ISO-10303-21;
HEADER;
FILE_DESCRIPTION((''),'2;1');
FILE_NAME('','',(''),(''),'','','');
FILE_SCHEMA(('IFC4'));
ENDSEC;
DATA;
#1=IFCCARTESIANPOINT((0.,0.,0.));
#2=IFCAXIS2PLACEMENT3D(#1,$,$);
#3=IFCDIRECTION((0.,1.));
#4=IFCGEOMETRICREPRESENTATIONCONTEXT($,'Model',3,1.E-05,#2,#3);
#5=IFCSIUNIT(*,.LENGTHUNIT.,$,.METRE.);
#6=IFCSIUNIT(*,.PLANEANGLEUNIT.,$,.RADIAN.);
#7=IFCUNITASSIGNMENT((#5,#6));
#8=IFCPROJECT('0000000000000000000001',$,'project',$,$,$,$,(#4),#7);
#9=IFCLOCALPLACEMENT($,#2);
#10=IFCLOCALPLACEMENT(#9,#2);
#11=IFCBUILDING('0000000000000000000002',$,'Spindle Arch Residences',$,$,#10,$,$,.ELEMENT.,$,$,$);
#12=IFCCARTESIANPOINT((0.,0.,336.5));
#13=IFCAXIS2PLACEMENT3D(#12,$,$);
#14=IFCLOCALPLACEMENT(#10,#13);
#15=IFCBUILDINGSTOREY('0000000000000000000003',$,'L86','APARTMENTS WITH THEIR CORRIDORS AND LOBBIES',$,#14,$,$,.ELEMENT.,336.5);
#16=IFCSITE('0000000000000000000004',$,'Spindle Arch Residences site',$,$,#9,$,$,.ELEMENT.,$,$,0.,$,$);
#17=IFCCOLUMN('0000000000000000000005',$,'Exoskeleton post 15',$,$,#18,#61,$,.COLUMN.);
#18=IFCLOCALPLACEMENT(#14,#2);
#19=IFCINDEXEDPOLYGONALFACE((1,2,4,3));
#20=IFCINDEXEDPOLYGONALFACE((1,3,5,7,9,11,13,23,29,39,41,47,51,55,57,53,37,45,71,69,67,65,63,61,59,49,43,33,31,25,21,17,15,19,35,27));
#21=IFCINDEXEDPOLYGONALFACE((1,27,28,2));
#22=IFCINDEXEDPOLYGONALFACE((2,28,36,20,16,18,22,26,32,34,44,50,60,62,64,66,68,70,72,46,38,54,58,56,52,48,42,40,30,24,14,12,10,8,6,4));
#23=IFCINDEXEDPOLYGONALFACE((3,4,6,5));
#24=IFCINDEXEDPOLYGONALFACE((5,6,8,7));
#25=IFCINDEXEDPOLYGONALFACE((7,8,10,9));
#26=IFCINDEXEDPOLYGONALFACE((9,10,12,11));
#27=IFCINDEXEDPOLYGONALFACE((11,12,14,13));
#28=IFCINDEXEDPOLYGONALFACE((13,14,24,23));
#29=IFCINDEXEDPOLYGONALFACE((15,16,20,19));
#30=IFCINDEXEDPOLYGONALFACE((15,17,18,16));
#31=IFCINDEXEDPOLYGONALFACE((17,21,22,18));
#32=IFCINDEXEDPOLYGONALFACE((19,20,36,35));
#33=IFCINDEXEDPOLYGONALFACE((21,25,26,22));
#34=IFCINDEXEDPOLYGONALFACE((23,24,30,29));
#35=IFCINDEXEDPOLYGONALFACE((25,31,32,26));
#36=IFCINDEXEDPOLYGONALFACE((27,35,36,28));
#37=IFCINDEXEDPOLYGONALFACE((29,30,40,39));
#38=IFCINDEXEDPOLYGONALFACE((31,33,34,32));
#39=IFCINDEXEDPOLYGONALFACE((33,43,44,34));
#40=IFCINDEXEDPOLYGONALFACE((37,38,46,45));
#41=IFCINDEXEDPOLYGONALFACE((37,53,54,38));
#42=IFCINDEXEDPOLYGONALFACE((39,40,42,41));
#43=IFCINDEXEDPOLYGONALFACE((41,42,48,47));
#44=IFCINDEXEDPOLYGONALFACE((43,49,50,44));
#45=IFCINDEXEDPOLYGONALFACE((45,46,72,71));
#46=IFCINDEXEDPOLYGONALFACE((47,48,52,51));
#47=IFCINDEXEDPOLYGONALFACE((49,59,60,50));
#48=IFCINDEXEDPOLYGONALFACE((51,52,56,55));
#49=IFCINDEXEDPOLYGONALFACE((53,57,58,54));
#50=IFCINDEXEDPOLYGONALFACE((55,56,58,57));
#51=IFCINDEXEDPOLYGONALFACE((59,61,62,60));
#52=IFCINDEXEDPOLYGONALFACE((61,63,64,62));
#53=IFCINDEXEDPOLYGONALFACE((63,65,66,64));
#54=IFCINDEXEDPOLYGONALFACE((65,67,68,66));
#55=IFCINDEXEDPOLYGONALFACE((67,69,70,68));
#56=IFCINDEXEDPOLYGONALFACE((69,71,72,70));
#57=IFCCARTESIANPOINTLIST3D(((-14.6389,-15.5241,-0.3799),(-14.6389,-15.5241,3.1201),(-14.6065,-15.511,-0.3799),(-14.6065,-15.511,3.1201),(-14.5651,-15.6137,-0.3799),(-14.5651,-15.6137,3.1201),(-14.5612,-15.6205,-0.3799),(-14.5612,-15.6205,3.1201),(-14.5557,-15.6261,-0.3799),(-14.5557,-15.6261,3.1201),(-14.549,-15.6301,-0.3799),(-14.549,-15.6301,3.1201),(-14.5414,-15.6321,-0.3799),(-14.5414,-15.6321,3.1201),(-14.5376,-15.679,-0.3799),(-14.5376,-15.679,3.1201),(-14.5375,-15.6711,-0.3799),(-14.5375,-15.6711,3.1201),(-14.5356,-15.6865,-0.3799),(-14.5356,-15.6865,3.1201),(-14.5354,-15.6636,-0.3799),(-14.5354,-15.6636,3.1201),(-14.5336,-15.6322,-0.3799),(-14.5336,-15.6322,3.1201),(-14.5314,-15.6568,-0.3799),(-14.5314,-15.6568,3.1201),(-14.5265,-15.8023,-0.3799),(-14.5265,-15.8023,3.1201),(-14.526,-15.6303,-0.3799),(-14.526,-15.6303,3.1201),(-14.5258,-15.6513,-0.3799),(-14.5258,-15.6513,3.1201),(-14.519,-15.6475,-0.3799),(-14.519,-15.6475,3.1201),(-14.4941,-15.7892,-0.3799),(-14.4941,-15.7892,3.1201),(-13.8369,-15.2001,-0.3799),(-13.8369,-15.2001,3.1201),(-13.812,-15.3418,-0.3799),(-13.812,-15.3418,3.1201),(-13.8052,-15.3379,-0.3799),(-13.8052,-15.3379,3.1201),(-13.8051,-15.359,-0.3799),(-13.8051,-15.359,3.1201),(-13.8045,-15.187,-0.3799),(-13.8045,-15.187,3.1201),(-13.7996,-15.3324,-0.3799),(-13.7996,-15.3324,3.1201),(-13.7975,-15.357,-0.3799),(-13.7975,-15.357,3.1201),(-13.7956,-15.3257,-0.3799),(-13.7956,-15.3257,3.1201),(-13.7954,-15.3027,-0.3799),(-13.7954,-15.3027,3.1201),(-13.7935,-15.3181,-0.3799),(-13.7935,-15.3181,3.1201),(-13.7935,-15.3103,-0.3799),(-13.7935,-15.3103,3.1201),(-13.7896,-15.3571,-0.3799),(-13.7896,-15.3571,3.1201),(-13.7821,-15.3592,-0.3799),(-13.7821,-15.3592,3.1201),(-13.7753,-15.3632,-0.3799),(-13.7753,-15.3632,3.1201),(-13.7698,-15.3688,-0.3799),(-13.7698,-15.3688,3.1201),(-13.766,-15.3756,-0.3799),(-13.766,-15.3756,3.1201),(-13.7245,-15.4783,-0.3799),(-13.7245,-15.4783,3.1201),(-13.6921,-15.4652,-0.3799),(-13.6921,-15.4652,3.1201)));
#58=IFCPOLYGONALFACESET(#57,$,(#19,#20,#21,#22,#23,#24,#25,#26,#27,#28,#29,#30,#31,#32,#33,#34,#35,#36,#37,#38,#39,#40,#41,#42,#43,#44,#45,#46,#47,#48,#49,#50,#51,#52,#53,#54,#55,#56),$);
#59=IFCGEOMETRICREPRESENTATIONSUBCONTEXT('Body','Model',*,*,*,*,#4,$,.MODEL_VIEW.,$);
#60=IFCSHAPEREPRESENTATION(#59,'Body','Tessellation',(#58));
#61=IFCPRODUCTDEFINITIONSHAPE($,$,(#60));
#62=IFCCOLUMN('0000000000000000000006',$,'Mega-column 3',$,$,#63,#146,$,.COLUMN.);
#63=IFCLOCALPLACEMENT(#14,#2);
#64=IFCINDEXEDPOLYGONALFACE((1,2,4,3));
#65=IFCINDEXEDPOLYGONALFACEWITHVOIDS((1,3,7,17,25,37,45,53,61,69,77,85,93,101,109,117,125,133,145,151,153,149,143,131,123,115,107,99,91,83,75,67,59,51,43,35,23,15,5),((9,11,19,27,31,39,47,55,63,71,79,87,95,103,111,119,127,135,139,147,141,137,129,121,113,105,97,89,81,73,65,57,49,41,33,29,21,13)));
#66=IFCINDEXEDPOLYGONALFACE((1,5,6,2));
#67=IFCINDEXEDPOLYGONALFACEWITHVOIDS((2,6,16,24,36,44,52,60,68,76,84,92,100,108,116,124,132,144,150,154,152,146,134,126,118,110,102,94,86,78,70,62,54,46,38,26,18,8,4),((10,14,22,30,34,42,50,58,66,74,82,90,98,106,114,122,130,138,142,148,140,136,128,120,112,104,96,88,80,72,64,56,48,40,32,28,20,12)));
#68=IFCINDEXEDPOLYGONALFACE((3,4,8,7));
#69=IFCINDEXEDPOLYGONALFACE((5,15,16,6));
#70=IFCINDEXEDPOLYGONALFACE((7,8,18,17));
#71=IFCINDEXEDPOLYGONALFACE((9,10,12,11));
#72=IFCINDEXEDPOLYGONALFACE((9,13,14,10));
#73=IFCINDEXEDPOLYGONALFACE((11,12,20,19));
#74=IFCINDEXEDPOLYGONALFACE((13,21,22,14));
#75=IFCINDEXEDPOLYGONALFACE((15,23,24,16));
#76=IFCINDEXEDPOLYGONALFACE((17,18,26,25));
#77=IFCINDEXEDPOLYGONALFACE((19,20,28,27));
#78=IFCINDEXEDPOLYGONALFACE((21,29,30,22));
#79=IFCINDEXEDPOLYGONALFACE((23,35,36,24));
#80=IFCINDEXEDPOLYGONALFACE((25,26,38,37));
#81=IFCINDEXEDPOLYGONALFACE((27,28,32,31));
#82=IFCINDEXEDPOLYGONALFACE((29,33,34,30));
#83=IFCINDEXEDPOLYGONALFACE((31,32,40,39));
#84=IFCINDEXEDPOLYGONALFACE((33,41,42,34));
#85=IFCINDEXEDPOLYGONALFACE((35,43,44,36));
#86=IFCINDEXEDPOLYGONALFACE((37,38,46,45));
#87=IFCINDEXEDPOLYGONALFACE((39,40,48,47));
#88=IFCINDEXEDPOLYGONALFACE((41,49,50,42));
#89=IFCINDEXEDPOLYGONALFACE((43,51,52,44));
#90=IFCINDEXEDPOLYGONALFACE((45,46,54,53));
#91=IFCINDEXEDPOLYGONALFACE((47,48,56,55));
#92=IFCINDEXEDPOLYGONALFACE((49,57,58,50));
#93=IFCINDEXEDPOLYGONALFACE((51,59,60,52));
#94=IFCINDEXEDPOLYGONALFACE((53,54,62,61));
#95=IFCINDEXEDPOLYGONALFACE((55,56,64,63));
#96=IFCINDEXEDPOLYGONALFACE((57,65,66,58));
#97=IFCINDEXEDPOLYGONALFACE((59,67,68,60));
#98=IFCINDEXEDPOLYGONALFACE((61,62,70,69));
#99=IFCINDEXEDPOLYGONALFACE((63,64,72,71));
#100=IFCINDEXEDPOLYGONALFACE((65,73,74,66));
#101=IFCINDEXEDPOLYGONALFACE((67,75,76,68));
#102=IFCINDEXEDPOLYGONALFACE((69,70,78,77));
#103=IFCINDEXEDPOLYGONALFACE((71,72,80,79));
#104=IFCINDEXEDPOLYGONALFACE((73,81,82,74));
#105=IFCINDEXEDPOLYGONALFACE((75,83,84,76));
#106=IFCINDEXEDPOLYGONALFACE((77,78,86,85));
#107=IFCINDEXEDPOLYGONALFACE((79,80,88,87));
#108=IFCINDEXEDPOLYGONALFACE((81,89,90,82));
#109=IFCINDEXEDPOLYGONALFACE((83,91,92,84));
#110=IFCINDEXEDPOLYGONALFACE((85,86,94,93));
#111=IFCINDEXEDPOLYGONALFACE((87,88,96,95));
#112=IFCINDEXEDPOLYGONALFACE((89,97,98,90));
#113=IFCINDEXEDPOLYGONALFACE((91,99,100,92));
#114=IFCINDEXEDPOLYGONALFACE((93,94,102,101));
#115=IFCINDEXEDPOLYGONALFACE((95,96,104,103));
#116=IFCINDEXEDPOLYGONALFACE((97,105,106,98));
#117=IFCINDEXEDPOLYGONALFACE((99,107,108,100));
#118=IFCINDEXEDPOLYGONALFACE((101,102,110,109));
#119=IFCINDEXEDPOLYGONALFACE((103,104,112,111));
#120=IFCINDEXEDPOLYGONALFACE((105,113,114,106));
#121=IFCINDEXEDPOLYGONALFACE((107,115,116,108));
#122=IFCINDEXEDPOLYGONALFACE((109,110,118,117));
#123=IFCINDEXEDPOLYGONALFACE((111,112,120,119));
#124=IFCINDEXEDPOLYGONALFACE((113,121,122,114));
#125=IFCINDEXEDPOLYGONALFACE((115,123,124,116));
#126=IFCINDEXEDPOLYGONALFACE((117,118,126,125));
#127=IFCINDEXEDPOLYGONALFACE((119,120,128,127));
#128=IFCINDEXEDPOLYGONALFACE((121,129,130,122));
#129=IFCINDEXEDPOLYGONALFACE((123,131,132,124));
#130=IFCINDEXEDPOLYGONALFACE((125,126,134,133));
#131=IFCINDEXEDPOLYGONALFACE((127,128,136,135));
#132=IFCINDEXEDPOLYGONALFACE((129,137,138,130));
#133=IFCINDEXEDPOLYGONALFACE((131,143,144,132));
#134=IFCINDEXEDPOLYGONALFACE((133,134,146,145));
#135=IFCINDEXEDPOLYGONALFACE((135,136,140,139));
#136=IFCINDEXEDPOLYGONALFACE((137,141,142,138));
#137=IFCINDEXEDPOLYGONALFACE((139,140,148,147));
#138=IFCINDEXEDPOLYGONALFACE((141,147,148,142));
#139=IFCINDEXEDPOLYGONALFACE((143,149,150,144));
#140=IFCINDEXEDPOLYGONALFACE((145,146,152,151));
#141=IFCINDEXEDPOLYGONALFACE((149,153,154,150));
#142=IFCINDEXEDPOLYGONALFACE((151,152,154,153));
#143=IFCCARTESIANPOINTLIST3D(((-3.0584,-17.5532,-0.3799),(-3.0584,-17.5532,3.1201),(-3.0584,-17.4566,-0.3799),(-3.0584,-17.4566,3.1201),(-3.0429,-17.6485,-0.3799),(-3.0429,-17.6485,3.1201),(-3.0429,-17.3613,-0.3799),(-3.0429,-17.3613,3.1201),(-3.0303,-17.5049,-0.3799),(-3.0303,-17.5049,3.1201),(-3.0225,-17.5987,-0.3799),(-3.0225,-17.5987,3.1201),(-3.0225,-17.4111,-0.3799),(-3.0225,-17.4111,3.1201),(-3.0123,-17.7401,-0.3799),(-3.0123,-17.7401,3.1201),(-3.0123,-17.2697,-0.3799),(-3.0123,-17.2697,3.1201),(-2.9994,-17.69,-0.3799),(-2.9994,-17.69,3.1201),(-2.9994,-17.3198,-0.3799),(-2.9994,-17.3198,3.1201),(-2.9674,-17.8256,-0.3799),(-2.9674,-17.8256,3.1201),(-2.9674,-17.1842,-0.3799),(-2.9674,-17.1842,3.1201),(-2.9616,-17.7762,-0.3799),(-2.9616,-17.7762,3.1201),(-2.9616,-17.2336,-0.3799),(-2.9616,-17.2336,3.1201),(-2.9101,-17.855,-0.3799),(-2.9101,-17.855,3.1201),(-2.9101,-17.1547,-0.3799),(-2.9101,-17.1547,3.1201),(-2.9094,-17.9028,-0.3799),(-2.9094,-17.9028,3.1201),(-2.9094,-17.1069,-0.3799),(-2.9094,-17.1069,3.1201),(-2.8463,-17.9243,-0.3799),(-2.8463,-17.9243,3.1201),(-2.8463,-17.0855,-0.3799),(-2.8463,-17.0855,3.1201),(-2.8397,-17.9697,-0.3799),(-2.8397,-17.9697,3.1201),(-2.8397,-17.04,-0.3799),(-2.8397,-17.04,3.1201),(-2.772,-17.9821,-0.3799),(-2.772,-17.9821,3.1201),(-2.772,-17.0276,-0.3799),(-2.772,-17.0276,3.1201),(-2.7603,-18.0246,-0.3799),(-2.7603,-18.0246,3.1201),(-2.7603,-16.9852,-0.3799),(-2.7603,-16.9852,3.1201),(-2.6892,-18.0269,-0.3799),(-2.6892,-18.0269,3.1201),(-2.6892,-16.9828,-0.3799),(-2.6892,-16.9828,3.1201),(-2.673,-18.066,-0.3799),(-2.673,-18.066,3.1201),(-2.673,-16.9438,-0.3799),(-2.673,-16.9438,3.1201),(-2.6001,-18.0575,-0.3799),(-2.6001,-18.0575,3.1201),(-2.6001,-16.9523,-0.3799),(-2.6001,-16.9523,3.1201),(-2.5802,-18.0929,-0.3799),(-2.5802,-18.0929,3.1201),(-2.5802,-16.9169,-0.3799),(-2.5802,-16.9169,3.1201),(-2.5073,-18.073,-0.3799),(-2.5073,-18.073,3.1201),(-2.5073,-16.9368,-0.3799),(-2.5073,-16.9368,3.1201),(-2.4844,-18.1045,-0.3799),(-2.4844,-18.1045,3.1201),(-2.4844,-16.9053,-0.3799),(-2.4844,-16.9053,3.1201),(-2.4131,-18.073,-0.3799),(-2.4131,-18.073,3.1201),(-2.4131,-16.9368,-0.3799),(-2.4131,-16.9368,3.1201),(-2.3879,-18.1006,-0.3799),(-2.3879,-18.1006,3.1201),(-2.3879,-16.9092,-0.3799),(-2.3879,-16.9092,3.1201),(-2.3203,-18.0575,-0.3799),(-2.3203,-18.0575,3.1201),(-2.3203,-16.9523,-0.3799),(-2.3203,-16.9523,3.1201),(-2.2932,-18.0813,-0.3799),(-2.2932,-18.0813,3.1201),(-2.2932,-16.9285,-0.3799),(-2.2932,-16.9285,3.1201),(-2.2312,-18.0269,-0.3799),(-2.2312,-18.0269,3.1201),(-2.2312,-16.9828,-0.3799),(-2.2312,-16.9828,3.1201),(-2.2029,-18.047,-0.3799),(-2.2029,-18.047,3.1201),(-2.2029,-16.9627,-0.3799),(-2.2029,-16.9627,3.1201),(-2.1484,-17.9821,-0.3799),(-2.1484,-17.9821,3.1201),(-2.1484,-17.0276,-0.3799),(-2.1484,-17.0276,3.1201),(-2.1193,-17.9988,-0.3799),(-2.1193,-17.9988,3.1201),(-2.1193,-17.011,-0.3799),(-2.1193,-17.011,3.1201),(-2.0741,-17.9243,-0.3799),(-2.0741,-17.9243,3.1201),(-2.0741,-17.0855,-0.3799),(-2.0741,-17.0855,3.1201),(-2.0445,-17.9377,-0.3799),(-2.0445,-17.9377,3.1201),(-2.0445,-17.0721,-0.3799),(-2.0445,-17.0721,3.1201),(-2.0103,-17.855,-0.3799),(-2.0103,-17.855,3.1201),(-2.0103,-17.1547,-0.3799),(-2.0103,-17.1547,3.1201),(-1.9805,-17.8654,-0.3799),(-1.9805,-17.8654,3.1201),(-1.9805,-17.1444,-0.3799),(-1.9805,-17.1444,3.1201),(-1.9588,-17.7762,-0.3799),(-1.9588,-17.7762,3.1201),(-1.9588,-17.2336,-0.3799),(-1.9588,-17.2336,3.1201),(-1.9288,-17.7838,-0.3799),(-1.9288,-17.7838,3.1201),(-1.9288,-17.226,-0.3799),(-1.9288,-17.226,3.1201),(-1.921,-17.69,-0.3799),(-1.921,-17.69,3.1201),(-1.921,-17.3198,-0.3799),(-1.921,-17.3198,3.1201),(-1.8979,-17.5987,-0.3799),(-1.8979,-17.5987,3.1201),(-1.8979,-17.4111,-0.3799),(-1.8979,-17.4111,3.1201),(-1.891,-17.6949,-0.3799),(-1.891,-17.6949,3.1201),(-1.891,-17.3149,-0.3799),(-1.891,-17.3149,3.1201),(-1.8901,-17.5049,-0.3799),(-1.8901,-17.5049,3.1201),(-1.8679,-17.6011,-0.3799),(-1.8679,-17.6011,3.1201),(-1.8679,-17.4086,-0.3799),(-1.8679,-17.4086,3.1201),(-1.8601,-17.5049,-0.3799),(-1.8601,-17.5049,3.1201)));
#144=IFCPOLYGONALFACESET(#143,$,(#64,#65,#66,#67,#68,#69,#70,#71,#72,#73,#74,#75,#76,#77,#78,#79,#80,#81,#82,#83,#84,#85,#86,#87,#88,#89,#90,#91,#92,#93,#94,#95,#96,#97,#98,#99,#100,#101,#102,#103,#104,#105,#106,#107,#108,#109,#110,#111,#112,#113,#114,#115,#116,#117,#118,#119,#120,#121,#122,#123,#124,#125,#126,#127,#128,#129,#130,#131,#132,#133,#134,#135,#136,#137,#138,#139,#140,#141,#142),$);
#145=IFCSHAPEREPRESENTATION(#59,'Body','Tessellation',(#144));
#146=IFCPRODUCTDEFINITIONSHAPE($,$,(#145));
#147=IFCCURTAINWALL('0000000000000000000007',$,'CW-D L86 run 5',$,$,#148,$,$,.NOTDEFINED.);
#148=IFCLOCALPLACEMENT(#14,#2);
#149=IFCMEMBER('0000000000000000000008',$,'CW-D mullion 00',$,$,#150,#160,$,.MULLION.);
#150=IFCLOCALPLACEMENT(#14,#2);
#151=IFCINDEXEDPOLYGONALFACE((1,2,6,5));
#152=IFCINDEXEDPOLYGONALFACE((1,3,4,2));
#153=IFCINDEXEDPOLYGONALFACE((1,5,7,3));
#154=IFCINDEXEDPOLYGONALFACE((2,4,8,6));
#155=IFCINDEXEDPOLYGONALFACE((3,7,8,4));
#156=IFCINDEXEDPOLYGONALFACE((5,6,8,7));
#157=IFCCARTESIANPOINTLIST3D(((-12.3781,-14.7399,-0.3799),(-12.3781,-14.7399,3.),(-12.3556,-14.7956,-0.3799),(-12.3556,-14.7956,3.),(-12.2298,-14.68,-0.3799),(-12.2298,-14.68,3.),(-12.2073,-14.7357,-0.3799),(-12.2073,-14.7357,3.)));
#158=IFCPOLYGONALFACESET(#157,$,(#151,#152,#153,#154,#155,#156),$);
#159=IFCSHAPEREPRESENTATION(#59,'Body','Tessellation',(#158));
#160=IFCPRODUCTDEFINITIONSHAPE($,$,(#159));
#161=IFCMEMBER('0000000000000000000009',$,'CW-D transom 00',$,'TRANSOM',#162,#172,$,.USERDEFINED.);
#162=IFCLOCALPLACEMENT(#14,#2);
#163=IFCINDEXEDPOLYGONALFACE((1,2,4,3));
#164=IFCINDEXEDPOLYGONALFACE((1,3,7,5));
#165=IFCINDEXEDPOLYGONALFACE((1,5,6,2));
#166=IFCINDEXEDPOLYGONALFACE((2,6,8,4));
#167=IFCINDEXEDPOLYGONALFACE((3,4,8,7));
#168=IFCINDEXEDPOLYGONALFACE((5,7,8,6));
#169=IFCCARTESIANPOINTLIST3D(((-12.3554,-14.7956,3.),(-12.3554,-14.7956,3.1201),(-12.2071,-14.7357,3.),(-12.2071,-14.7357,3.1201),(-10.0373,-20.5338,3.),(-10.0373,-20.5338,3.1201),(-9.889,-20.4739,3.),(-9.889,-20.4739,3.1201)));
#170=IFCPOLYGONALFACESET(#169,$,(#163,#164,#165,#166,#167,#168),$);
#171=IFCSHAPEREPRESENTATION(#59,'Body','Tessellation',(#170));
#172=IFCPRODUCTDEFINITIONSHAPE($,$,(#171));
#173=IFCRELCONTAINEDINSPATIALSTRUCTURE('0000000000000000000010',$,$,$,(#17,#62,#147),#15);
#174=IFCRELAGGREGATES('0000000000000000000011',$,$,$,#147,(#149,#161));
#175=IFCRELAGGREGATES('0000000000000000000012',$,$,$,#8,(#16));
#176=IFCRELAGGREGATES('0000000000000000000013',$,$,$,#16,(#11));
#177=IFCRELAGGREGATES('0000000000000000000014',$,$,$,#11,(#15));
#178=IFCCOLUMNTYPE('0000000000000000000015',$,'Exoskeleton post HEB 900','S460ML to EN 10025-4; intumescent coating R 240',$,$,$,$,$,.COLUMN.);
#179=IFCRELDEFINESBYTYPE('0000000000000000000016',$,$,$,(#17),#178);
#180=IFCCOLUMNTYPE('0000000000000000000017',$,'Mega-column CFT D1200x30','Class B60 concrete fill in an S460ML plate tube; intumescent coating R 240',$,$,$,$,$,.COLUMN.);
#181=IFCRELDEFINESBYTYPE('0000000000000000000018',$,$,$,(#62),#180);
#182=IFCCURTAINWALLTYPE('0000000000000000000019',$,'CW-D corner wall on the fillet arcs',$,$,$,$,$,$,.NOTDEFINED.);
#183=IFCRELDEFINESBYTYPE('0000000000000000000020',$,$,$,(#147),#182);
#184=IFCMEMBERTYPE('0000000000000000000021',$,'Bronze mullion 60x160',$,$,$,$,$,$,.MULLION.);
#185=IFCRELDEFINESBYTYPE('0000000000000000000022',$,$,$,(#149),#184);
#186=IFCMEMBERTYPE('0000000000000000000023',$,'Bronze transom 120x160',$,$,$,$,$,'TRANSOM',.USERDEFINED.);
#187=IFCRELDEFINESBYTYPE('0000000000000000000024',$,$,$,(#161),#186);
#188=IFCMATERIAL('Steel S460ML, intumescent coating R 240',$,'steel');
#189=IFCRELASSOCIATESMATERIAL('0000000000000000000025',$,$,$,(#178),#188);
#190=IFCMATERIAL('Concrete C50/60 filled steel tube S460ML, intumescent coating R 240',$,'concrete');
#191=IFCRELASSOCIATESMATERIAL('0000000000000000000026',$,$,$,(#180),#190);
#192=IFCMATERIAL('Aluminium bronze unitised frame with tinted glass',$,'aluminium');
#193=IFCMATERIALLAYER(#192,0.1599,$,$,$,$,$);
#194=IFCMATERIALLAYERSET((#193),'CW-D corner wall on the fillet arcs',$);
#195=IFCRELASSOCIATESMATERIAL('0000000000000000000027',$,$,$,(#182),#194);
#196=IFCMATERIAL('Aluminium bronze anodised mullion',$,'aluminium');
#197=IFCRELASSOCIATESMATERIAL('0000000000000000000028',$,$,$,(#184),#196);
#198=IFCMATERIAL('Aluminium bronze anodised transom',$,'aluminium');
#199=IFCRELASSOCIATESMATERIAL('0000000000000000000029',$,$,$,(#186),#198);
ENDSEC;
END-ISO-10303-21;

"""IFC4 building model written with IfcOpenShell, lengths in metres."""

from ifc_helpers import new_model, si_unit, direction, frame, origin, origin_2d, place, context, subcontext, project, spatial, rectangle, hollow_circle, i_section, extrude, material, layer, layer_set, material_profile, profile_set, type_object, element, aggregate, save


model = new_model("IFC4")

# Units and contexts
model_context = context("Model", 3, precision=1e-05, world=origin(), true_north=direction((0.0, 1.0)))
body_context = subcontext(model_context, "Body", "Model", "MODEL_VIEW")
ifc_project = project(units=[si_unit("LENGTHUNIT", "METRE"), si_unit("PLANEANGLEUNIT", "RADIAN")], contexts=[model_context])

# Site, building, storey
site_placement = place(None, origin())
site = spatial("IfcSite", under=ifc_project, at=site_placement, Name="Spindle Arch Residences site", CompositionType="ELEMENT", RefElevation=0.0)
building_placement = place(site_placement, origin())
building = spatial("IfcBuilding", under=site, at=building_placement, Name="Spindle Arch Residences", CompositionType="ELEMENT")
storey_placement = place(building_placement, frame((0.0, 0.0, 336.5)))
storey = spatial("IfcBuildingStorey", under=building, at=storey_placement, Name="L86", Description="APARTMENTS WITH THEIR CORRIDORS AND LOBBIES", CompositionType="ELEMENT", Elevation=336.5)

# Columns
ifc_material_1 = material(Name="Steel S460ML, intumescent coating R 240", Category="steel")
ifc_material_profile_1 = material_profile(ifc_material_1, i_section(OverallWidth=0.3, OverallDepth=0.8999, WebThickness=0.0186, FlangeThickness=0.0349, FilletRadius=0.03, at=origin_2d()), Name="HEB 900")
ifc_profile_set_1 = profile_set([ifc_material_profile_1], Name="Steel S460ML, intumescent coating R 240")
column_type_1 = type_object("IfcColumnType", Name="Exoskeleton post HEB 900", Description="S460ML to EN 10025-4; intumescent coating R 240", PredefinedType="COLUMN", material=ifc_profile_set_1)
column_1_placement = place(storey_placement, frame((-14.1655, -15.4946, -0.3799), z_axis=(0.0, 0.0, 1.0), x_axis=(-0.374607, 0.927184, 0.0)))
element("IfcColumn", 1, at=column_1_placement, inside=storey, type_object=column_type_1, Name="Exoskeleton post 15", PredefinedType="COLUMN", context=body_context, shape_type="SweptSolid", body=[
    extrude(i_section(OverallWidth=0.3, OverallDepth=0.8999, WebThickness=0.0186, FlangeThickness=0.0349, FilletRadius=0.03, at=origin_2d()), origin(), (0.0, 0.0, 1.0), 3.5),
])
ifc_material_2 = material(Name="Concrete C50/60 filled steel tube S460ML, intumescent coating R 240", Category="concrete")
ifc_material_profile_2 = material_profile(ifc_material_2, hollow_circle(Radius=0.6001, WallThickness=0.03, at=origin_2d()), Name="CFT D1200x30")
ifc_profile_set_2 = profile_set([ifc_material_profile_2], Name="Concrete C50/60 filled steel tube S460ML, intumescent coating R 240")
column_type_2 = type_object("IfcColumnType", Name="Mega-column CFT D1200x30", Description="Class B60 concrete fill in an S460ML plate tube; intumescent coating R 240", PredefinedType="COLUMN", material=ifc_profile_set_2)
column_2_placement = place(storey_placement, frame((-2.4602, -17.5049, -0.3799), z_axis=(0.0, 0.0, 1.0), x_axis=(1.0, 0.0, 0.0)))
element("IfcColumn", 2, at=column_2_placement, inside=storey, type_object=column_type_2, Name="Mega-column 3", PredefinedType="COLUMN", context=body_context, shape_type="SweptSolid", body=[
    extrude(hollow_circle(Radius=0.6001, WallThickness=0.03, at=origin_2d()), origin(), (0.0, 0.0, 1.0), 3.5),
])

# Curtain wall, members
ifc_material_3 = material(Name="Aluminium bronze unitised frame with tinted glass", Category="aluminium")
ifc_layer_1 = layer(ifc_material_3, 0.1599)
ifc_layer_set_1 = layer_set([ifc_layer_1], Name="CW-D corner wall on the fillet arcs")
curtain_wall_type_1 = type_object("IfcCurtainWallType", Name="CW-D corner wall on the fillet arcs", PredefinedType="NOTDEFINED", material=ifc_layer_set_1)
curtain_wall_1_placement = place(storey_placement, origin())
curtain_wall_1 = element("IfcCurtainWall", 3, at=curtain_wall_1_placement, inside=storey, type_object=curtain_wall_type_1, Name="CW-D L86 run 5", PredefinedType="NOTDEFINED")
ifc_material_4 = material(Name="Aluminium bronze anodised mullion", Category="aluminium")
ifc_material_profile_3 = material_profile(ifc_material_4, rectangle(XDim=0.1599, YDim=0.0601, at=origin_2d()), Name="MU 60x160")
ifc_profile_set_3 = profile_set([ifc_material_profile_3], Name="Aluminium bronze anodised mullion")
member_type_1 = type_object("IfcMemberType", Name="Bronze mullion 60x160", PredefinedType="MULLION", material=ifc_profile_set_3)
member_1_placement = place(storey_placement, frame((-12.2927, -14.7378, -0.3799), z_axis=(0.0, 0.0, 1.0), x_axis=(0.927184, 0.374607, 0.0)))
member_1 = element("IfcMember", 4, at=member_1_placement, type_object=member_type_1, Name="CW-D mullion 00", PredefinedType="MULLION", context=body_context, shape_type="SweptSolid", body=[
    extrude(rectangle(XDim=0.1599, YDim=0.0601, at=origin_2d()), origin(), (0.0, 0.0, 1.0), 3.3799),
])
ifc_material_5 = material(Name="Aluminium bronze anodised transom", Category="aluminium")
ifc_material_profile_4 = material_profile(ifc_material_5, rectangle(XDim=0.1599, YDim=0.1201, at=origin_2d()), Name="TR 120x160")
ifc_profile_set_4 = profile_set([ifc_material_profile_4], Name="Aluminium bronze anodised transom")
member_type_2 = type_object("IfcMemberType", Name="Bronze transom 120x160", ElementType="TRANSOM", PredefinedType="USERDEFINED", material=ifc_profile_set_4)
member_2_placement = place(storey_placement, frame((-12.2812, -14.7656, 3.0601), z_axis=(0.374565, -0.927201, 0.0), x_axis=(0.927201, 0.374565, 0.0)))
member_2 = element("IfcMember", 5, at=member_2_placement, type_object=member_type_2, Name="CW-D transom 00", ObjectType="TRANSOM", PredefinedType="USERDEFINED", context=body_context, shape_type="SweptSolid", body=[
    extrude(rectangle(XDim=0.1599, YDim=0.1201, at=origin_2d()), origin(), (0.0, 0.0, 1.0), 6.1887),
])

aggregate(curtain_wall_1, [member_1, member_2])

save(model, "model.ifc")
